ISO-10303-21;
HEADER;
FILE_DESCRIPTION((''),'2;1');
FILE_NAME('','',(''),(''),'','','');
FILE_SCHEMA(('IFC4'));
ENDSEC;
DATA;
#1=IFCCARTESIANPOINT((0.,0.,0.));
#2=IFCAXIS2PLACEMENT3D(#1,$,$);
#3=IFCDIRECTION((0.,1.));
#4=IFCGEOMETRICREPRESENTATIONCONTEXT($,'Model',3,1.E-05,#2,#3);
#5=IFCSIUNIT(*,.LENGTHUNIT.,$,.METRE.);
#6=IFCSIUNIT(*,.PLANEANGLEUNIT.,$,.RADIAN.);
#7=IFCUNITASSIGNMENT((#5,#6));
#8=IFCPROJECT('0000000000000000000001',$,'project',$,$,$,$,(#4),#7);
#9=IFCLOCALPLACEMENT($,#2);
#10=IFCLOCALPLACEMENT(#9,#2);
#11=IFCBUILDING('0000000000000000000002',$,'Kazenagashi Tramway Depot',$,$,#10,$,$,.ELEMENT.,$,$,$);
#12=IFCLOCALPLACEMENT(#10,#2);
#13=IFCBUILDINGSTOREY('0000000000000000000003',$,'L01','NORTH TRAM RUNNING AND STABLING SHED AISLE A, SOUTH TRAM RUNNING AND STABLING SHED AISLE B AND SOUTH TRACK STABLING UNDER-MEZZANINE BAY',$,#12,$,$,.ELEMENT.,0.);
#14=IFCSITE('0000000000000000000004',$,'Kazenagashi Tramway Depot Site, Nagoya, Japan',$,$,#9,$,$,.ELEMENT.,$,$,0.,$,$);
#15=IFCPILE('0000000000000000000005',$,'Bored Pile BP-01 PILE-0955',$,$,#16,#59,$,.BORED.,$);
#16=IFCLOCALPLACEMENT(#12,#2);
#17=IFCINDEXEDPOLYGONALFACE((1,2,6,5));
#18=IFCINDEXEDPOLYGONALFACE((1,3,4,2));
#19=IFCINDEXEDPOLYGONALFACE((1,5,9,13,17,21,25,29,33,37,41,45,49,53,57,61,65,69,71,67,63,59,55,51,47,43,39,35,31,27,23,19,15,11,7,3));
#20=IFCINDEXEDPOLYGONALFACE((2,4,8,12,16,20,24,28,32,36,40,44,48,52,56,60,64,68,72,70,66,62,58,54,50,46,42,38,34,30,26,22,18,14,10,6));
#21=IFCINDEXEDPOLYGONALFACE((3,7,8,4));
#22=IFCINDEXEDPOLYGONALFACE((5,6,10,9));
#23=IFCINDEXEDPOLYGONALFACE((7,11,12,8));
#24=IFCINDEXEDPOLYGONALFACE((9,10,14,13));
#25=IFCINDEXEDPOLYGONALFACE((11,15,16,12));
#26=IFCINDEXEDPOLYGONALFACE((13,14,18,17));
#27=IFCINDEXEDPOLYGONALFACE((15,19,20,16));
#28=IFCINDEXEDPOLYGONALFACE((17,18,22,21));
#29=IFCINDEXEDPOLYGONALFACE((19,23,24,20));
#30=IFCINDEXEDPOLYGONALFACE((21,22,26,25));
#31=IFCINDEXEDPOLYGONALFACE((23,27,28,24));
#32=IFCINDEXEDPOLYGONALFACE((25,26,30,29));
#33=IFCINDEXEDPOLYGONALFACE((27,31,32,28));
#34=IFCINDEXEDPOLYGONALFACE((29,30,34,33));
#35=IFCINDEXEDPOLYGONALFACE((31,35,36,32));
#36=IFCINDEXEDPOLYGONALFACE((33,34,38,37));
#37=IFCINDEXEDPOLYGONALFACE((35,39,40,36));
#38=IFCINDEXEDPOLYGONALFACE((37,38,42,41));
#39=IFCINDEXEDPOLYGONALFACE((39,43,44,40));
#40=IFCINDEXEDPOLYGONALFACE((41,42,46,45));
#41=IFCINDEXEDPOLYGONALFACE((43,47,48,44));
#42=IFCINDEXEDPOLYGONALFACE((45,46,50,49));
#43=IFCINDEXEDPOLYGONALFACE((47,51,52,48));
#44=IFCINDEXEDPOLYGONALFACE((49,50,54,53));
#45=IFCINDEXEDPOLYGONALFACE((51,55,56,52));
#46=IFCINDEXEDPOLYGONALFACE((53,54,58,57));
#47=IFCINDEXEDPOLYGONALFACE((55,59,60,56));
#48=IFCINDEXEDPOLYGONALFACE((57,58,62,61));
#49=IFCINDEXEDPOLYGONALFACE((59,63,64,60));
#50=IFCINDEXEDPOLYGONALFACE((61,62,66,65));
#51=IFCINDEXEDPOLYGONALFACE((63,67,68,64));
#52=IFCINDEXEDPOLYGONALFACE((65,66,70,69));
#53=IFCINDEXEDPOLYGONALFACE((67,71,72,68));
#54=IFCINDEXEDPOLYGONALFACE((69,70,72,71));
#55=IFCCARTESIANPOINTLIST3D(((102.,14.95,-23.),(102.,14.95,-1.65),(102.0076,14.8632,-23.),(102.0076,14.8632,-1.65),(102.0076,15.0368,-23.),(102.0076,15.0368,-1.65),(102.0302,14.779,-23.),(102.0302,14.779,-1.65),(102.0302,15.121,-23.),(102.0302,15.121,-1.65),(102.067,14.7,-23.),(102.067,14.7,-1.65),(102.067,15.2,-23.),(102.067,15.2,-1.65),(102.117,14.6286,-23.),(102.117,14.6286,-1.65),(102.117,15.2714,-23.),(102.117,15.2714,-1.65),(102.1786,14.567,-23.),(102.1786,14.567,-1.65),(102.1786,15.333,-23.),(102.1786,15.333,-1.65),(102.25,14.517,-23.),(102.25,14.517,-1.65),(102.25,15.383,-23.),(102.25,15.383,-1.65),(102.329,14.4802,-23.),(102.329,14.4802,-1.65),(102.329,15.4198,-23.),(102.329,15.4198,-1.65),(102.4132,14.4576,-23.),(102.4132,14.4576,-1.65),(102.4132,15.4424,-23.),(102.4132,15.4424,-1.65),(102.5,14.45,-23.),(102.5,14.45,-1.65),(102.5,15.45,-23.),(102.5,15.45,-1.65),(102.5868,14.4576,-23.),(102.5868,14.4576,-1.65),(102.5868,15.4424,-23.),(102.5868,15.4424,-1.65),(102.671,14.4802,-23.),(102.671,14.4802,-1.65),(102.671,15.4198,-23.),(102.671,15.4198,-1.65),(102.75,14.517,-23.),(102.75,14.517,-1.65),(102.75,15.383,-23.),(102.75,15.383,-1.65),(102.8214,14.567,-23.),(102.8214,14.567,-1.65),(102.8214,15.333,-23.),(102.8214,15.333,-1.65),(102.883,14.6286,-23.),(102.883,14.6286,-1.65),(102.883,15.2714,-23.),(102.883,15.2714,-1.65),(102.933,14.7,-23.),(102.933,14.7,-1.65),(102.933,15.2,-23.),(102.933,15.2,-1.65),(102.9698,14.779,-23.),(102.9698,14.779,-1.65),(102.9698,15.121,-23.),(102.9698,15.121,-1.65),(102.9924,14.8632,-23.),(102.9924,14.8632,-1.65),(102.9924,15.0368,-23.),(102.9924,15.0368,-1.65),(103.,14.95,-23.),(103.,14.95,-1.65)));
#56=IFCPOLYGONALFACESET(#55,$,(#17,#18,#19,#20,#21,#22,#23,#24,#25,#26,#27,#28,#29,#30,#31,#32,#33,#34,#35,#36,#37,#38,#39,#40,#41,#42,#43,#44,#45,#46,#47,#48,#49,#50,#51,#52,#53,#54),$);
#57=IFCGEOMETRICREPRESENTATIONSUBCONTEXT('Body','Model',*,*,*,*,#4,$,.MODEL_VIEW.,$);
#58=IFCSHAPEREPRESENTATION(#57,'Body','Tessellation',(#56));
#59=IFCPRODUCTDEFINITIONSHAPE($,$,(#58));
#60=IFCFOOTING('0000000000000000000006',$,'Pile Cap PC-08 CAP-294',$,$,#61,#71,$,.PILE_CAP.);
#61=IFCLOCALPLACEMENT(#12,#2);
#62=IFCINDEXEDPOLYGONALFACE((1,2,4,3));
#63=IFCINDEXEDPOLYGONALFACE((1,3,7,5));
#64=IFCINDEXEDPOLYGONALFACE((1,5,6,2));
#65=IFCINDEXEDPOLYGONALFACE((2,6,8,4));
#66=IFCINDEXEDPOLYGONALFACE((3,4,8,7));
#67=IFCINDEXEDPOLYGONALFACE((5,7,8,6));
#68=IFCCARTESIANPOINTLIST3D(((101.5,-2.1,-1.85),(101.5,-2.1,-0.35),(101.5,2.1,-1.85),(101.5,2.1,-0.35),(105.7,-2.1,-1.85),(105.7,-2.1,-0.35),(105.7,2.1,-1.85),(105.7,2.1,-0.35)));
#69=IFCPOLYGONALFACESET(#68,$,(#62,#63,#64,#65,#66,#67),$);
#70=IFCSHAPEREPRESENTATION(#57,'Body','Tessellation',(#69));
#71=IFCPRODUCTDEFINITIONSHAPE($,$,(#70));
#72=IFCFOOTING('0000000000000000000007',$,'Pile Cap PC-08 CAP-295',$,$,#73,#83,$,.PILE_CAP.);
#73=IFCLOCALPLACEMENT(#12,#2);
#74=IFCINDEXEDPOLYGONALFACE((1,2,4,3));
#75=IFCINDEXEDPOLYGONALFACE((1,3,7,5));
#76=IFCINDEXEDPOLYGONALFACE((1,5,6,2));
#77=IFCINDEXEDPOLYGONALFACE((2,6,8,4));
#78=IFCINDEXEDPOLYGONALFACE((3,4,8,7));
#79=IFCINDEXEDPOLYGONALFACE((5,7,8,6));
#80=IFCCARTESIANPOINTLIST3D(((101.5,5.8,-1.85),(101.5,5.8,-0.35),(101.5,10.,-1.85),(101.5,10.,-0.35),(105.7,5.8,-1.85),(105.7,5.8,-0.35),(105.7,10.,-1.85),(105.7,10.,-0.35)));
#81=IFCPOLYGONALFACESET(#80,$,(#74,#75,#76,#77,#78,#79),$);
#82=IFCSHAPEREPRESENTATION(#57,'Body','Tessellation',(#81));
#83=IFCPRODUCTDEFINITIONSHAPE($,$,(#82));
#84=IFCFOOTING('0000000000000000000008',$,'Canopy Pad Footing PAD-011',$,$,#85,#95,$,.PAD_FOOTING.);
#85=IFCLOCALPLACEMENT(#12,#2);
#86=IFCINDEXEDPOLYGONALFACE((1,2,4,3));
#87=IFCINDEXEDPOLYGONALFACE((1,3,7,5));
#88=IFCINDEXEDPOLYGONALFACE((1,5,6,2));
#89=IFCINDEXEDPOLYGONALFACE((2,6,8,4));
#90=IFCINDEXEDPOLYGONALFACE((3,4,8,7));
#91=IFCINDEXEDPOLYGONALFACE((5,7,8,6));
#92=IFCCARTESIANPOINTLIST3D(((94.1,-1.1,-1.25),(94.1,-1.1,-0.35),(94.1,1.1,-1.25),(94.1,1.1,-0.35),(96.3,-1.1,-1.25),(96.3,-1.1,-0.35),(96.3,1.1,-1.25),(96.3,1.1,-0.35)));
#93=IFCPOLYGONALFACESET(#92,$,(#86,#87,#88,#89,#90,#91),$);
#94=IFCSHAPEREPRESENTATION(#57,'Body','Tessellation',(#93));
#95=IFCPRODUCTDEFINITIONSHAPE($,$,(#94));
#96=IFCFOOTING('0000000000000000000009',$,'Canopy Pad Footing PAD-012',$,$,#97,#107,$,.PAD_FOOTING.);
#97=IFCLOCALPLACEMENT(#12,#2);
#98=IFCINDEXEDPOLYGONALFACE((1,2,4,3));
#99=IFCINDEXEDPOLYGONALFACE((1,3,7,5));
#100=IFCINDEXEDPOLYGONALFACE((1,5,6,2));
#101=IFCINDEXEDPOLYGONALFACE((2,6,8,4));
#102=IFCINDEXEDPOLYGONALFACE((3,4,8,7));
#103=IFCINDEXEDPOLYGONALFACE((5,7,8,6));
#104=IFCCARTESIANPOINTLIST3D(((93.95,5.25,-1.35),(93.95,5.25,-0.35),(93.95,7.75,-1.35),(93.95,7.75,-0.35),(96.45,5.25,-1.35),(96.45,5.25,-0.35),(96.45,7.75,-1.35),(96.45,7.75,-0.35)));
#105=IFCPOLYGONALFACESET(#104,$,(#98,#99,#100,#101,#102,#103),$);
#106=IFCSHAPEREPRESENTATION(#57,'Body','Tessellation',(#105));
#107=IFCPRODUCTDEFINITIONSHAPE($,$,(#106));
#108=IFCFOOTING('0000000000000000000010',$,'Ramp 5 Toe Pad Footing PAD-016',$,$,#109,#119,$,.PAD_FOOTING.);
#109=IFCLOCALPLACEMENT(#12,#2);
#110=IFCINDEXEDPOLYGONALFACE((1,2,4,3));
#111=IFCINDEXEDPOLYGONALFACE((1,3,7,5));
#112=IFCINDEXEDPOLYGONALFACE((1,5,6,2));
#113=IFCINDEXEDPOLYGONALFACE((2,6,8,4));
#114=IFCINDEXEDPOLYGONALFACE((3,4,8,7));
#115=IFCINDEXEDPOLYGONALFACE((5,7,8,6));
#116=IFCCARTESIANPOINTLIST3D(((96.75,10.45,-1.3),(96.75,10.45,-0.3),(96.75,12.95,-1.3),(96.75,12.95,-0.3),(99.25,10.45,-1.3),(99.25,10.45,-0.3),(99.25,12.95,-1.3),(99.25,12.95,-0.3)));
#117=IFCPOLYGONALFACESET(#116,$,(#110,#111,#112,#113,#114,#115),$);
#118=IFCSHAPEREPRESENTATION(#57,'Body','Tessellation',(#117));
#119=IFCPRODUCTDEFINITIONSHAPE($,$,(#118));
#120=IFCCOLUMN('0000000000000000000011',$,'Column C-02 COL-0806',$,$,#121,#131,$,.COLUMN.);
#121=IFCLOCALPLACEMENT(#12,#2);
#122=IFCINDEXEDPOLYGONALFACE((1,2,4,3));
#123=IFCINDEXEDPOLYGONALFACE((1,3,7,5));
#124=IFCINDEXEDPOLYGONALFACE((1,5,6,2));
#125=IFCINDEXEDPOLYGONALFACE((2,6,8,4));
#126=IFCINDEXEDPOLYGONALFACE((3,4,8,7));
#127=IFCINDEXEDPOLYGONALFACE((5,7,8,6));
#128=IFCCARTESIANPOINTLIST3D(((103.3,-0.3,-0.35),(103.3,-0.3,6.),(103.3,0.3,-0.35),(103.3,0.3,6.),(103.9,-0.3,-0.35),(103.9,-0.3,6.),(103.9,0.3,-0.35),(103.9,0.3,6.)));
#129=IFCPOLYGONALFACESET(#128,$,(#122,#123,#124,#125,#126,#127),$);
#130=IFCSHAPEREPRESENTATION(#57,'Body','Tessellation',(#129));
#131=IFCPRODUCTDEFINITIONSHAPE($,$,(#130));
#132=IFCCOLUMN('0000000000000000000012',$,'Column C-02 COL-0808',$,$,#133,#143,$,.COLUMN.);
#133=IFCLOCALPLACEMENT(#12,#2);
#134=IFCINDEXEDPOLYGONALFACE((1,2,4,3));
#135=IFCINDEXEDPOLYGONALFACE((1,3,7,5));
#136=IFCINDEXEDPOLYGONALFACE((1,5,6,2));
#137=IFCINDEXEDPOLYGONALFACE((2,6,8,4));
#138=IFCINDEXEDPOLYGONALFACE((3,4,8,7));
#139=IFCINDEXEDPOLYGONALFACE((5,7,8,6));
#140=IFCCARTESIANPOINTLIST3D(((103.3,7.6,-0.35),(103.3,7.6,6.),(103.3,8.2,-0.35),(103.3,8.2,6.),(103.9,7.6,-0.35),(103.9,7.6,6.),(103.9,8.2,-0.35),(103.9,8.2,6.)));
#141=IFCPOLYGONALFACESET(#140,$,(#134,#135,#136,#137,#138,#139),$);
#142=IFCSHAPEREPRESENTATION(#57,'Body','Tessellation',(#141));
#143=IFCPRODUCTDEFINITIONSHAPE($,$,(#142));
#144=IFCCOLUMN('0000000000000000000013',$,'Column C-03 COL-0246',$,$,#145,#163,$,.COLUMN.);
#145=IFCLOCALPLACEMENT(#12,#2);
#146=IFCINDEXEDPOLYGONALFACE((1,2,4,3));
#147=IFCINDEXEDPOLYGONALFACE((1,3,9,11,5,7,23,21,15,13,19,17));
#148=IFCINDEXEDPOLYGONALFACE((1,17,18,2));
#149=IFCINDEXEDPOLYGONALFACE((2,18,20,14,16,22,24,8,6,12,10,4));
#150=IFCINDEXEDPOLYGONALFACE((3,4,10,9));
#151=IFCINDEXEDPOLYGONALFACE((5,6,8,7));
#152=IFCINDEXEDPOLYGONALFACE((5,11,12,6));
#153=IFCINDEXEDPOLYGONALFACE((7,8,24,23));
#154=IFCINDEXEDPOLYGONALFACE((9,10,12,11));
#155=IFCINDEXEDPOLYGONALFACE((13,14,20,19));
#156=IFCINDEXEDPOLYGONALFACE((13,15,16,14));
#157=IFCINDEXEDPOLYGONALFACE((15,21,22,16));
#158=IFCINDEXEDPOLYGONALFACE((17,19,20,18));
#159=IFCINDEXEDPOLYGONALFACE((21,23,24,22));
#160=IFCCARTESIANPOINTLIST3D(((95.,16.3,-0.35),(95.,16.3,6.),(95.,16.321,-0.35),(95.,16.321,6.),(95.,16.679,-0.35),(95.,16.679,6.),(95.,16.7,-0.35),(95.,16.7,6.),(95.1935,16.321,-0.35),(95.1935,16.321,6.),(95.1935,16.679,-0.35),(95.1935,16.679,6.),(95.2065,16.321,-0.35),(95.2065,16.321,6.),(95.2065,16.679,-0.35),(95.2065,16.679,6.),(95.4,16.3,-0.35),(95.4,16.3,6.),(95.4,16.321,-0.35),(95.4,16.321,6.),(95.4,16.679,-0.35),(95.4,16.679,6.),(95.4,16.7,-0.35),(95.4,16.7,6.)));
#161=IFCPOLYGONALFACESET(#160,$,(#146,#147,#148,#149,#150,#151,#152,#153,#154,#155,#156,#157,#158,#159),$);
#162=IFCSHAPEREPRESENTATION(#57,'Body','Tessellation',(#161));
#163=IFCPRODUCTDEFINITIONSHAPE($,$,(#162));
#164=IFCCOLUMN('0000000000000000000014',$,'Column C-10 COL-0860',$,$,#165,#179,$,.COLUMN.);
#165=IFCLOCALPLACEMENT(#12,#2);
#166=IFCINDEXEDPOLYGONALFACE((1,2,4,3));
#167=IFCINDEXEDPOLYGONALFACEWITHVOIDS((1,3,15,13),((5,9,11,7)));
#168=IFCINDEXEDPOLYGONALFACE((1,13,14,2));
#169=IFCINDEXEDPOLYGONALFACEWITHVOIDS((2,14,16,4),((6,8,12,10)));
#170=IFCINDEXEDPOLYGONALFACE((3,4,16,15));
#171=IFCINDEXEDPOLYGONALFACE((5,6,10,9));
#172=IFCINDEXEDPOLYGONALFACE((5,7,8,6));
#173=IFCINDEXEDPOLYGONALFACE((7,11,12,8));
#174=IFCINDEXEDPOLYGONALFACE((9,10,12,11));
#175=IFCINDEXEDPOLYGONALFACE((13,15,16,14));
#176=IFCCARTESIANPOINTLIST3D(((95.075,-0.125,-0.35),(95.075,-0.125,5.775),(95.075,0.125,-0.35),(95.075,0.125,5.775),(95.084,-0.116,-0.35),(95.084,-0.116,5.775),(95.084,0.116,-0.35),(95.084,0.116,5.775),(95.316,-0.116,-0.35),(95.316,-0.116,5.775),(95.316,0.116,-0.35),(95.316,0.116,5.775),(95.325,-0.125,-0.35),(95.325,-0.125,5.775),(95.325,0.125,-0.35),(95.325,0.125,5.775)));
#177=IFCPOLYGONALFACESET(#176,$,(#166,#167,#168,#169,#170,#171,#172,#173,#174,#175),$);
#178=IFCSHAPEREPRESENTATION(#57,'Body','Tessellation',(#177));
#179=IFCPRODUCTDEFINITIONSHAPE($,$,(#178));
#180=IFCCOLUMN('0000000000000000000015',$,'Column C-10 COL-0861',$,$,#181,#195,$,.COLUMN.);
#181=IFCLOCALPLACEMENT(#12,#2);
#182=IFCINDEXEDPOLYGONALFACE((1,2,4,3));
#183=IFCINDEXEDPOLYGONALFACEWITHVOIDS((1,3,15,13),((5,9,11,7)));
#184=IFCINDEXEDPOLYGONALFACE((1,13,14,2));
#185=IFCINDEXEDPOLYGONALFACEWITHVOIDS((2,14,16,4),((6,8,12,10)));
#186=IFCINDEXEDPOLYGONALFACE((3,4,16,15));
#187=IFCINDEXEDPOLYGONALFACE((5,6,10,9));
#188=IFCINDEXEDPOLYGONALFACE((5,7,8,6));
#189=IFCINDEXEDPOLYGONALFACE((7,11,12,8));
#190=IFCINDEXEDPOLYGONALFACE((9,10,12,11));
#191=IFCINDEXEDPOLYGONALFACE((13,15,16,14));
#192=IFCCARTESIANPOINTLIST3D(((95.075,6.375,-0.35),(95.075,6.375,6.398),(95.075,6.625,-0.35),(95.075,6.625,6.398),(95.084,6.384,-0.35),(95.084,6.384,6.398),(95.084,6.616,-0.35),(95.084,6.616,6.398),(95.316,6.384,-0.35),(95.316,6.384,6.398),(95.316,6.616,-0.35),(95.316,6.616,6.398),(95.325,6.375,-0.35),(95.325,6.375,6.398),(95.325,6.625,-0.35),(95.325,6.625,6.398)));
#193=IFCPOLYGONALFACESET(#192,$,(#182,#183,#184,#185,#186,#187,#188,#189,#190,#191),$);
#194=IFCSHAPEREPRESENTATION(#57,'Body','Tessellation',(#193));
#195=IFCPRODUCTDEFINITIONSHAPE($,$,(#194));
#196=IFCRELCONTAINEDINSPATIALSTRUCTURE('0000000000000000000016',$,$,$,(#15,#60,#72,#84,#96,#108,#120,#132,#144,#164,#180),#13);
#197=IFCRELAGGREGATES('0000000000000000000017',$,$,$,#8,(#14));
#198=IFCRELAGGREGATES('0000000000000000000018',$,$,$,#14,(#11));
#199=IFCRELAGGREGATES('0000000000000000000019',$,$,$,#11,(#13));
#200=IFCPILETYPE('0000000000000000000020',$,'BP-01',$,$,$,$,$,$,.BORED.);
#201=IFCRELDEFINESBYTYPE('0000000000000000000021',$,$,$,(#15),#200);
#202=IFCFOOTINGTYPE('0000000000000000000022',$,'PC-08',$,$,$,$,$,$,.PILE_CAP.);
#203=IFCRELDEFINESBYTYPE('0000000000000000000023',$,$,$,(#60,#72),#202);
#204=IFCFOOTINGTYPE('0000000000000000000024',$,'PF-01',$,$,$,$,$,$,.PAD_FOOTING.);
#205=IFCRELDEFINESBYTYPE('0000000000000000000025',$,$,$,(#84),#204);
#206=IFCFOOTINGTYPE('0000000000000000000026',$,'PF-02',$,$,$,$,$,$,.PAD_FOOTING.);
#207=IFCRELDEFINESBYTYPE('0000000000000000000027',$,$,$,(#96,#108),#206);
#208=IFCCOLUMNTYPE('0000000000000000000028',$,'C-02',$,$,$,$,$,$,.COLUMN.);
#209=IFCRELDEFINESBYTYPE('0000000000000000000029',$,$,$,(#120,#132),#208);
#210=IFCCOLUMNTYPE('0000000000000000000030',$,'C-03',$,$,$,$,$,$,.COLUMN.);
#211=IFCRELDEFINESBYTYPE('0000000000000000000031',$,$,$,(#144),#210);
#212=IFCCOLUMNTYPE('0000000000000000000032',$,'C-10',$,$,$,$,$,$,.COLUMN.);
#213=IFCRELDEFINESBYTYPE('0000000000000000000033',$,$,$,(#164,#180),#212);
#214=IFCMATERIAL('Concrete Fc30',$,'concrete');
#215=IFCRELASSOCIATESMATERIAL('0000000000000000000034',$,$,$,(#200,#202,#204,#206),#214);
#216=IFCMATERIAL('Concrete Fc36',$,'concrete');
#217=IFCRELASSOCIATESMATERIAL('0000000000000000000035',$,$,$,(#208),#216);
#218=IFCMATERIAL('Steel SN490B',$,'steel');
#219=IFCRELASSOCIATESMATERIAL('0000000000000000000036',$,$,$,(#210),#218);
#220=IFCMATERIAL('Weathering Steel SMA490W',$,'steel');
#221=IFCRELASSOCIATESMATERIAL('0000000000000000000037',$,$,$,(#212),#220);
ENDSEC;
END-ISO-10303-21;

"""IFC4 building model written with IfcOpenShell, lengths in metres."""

from ifc_helpers import new_model, si_unit, direction, frame, origin, origin_2d, place, context, subcontext, project, spatial, rectangle, hollow_rectangle, circle, i_section, extrude, material, material_profile, profile_set, type_object, element, save


model = new_model("IFC4")

# Units and contexts
model_context = context("Model", 3, precision=1e-05, world=origin(), true_north=direction((0.0, 1.0)))
body_context = subcontext(model_context, "Body", "Model", "MODEL_VIEW")
ifc_project = project(units=[si_unit("LENGTHUNIT", "METRE"), si_unit("PLANEANGLEUNIT", "RADIAN")], contexts=[model_context])

# Site, building, storey
site_placement = place(None, origin())
site = spatial("IfcSite", under=ifc_project, at=site_placement, Name="Kazenagashi Tramway Depot Site, Nagoya, Japan", CompositionType="ELEMENT", RefElevation=0.0)
building_placement = place(site_placement, origin())
building = spatial("IfcBuilding", under=site, at=building_placement, Name="Kazenagashi Tramway Depot", CompositionType="ELEMENT")
storey_placement = place(building_placement, origin())
storey = spatial("IfcBuildingStorey", under=building, at=storey_placement, Name="L01", Description="NORTH TRAM RUNNING AND STABLING SHED AISLE A, SOUTH TRAM RUNNING AND STABLING SHED AISLE B AND SOUTH TRACK STABLING UNDER-MEZZANINE BAY", CompositionType="ELEMENT", Elevation=0.0)

# Pile
ifc_material_1 = material(Name="Concrete Fc30", Category="concrete")
ifc_material_profile_1 = material_profile(ifc_material_1, circle(Radius=0.5, at=origin_2d()), Name="PILE-1000")
ifc_profile_set_1 = profile_set([ifc_material_profile_1], Name="Concrete Fc30")
pile_type = type_object("IfcPileType", Name="BP-01", PredefinedType="BORED", material=ifc_profile_set_1)
pile_placement = place(storey_placement, frame((102.5, 14.95, -1.65), z_axis=(0.0, 0.0, -1.0), x_axis=(1.0, 0.0, 0.0)))
element("IfcPile", 1, at=pile_placement, inside=storey, type_object=pile_type, Name="Bored Pile BP-01 PILE-0955", PredefinedType="BORED", context=body_context, shape_type="SweptSolid", body=[
    extrude(circle(Radius=0.5, at=origin_2d()), origin(), (0.0, 0.0, 1.0), 21.35),
])

# Footings
footing_type_1 = type_object("IfcFootingType", Name="PC-08", PredefinedType="PILE_CAP", material=ifc_material_1)
for number, where, z_axis, x_axis, name in (
    (2, (103.6, 0.0, -1.85), (0.0, 0.0, 1.0), (1.0, 0.0, 0.0), "Pile Cap PC-08 CAP-294"),
    (3, (103.6, 7.9, -1.85), (0.0, 0.0, 1.0), (1.0, 0.0, 0.0), "Pile Cap PC-08 CAP-295"),
):
    element("IfcFooting", number, at=place(storey_placement, frame(where, z_axis=z_axis, x_axis=x_axis)), inside=storey, type_object=footing_type_1, Name=name, PredefinedType="PILE_CAP", context=body_context, shape_type="SweptSolid", body=[
        extrude(rectangle(XDim=4.2, YDim=4.2, at=origin_2d()), origin(), (0.0, 0.0, 1.0), 1.5),
    ])
footing_type_2 = type_object("IfcFootingType", Name="PF-01", PredefinedType="PAD_FOOTING", material=ifc_material_1)
footing_placement = place(storey_placement, frame((95.2, 0.0, -1.25), z_axis=(0.0, 0.0, 1.0), x_axis=(1.0, 0.0, 0.0)))
element("IfcFooting", 4, at=footing_placement, inside=storey, type_object=footing_type_2, Name="Canopy Pad Footing PAD-011", PredefinedType="PAD_FOOTING", context=body_context, shape_type="SweptSolid", body=[
    extrude(rectangle(XDim=2.2, YDim=2.2, at=origin_2d()), origin(), (0.0, 0.0, 1.0), 0.9),
])
footing_type_3 = type_object("IfcFootingType", Name="PF-02", PredefinedType="PAD_FOOTING", material=ifc_material_1)
for number, where, z_axis, x_axis, name in (
    (5, (95.2, 6.5, -1.35), (0.0, 0.0, 1.0), (1.0, 0.0, 0.0), "Canopy Pad Footing PAD-012"),
    (6, (98.0, 11.7, -1.3), (0.0, 0.0, 1.0), (1.0, 0.0, 0.0), "Ramp 5 Toe Pad Footing PAD-016"),
):
    element("IfcFooting", number, at=place(storey_placement, frame(where, z_axis=z_axis, x_axis=x_axis)), inside=storey, type_object=footing_type_3, Name=name, PredefinedType="PAD_FOOTING", context=body_context, shape_type="SweptSolid", body=[
        extrude(rectangle(XDim=2.5, YDim=2.5, at=origin_2d()), origin(), (0.0, 0.0, 1.0), 1.0),
    ])

# Columns
ifc_material_2 = material(Name="Concrete Fc36", Category="concrete")
ifc_material_profile_2 = material_profile(ifc_material_2, rectangle(XDim=0.6, YDim=0.6, at=origin_2d()), Name="RC-600x600")
ifc_profile_set_2 = profile_set([ifc_material_profile_2], Name="Concrete Fc36")
column_type_1 = type_object("IfcColumnType", Name="C-02", PredefinedType="COLUMN", material=ifc_profile_set_2)
for number, where, z_axis, x_axis, name in (
    (7, (103.6, 0.0, -0.35), (0.0, 0.0, 1.0), (1.0, 0.0, 0.0), "Column C-02 COL-0806"),
    (8, (103.6, 7.9, -0.35), (0.0, 0.0, 1.0), (1.0, 0.0, 0.0), "Column C-02 COL-0808"),
):
    element("IfcColumn", number, at=place(storey_placement, frame(where, z_axis=z_axis, x_axis=x_axis)), inside=storey, type_object=column_type_1, Name=name, PredefinedType="COLUMN", context=body_context, shape_type="SweptSolid", body=[
        extrude(rectangle(XDim=0.6, YDim=0.6, at=origin_2d()), origin(), (0.0, 0.0, 1.0), 6.35),
    ])
ifc_material_3 = material(Name="Steel SN490B", Category="steel")
ifc_material_profile_3 = material_profile(ifc_material_3, i_section(OverallWidth=0.4, OverallDepth=0.4, WebThickness=0.013, FlangeThickness=0.021, at=origin_2d()), Name="H-400x400x13x21")
ifc_profile_set_3 = profile_set([ifc_material_profile_3], Name="Steel SN490B")
column_type_2 = type_object("IfcColumnType", Name="C-03", PredefinedType="COLUMN", material=ifc_profile_set_3)
column_1_placement = place(storey_placement, frame((95.2, 16.5, -0.35), z_axis=(0.0, 0.0, 1.0), x_axis=(1.0, 0.0, 0.0)))
element("IfcColumn", 9, at=column_1_placement, inside=storey, type_object=column_type_2, Name="Column C-03 COL-0246", PredefinedType="COLUMN", context=body_context, shape_type="SweptSolid", body=[
    extrude(i_section(OverallWidth=0.4, OverallDepth=0.4, WebThickness=0.013, FlangeThickness=0.021, at=origin_2d()), origin(), (0.0, 0.0, 1.0), 6.35),
])
ifc_material_4 = material(Name="Weathering Steel SMA490W", Category="steel")
ifc_material_profile_4 = material_profile(ifc_material_4, hollow_rectangle(XDim=0.25, YDim=0.25, WallThickness=0.009, at=origin_2d()), Name="SHS-250x250x9")
ifc_profile_set_4 = profile_set([ifc_material_profile_4], Name="Weathering Steel SMA490W")
column_type_3 = type_object("IfcColumnType", Name="C-10", PredefinedType="COLUMN", material=ifc_profile_set_4)
column_2_placement = place(storey_placement, frame((95.2, 0.0, -0.35), z_axis=(0.0, 0.0, 1.0), x_axis=(1.0, 0.0, 0.0)))
element("IfcColumn", 10, at=column_2_placement, inside=storey, type_object=column_type_3, Name="Column C-10 COL-0860", PredefinedType="COLUMN", context=body_context, shape_type="SweptSolid", body=[
    extrude(hollow_rectangle(XDim=0.25, YDim=0.25, WallThickness=0.009, at=origin_2d()), origin(), (0.0, 0.0, 1.0), 6.125),
])
column_3_placement = place(storey_placement, frame((95.2, 6.5, -0.35), z_axis=(0.0, 0.0, 1.0), x_axis=(1.0, 0.0, 0.0)))
element("IfcColumn", 11, at=column_3_placement, inside=storey, type_object=column_type_3, Name="Column C-10 COL-0861", PredefinedType="COLUMN", context=body_context, shape_type="SweptSolid", body=[
    extrude(hollow_rectangle(XDim=0.25, YDim=0.25, WallThickness=0.009, at=origin_2d()), origin(), (0.0, 0.0, 1.0), 6.748),
])

save(model, "model.ifc")
